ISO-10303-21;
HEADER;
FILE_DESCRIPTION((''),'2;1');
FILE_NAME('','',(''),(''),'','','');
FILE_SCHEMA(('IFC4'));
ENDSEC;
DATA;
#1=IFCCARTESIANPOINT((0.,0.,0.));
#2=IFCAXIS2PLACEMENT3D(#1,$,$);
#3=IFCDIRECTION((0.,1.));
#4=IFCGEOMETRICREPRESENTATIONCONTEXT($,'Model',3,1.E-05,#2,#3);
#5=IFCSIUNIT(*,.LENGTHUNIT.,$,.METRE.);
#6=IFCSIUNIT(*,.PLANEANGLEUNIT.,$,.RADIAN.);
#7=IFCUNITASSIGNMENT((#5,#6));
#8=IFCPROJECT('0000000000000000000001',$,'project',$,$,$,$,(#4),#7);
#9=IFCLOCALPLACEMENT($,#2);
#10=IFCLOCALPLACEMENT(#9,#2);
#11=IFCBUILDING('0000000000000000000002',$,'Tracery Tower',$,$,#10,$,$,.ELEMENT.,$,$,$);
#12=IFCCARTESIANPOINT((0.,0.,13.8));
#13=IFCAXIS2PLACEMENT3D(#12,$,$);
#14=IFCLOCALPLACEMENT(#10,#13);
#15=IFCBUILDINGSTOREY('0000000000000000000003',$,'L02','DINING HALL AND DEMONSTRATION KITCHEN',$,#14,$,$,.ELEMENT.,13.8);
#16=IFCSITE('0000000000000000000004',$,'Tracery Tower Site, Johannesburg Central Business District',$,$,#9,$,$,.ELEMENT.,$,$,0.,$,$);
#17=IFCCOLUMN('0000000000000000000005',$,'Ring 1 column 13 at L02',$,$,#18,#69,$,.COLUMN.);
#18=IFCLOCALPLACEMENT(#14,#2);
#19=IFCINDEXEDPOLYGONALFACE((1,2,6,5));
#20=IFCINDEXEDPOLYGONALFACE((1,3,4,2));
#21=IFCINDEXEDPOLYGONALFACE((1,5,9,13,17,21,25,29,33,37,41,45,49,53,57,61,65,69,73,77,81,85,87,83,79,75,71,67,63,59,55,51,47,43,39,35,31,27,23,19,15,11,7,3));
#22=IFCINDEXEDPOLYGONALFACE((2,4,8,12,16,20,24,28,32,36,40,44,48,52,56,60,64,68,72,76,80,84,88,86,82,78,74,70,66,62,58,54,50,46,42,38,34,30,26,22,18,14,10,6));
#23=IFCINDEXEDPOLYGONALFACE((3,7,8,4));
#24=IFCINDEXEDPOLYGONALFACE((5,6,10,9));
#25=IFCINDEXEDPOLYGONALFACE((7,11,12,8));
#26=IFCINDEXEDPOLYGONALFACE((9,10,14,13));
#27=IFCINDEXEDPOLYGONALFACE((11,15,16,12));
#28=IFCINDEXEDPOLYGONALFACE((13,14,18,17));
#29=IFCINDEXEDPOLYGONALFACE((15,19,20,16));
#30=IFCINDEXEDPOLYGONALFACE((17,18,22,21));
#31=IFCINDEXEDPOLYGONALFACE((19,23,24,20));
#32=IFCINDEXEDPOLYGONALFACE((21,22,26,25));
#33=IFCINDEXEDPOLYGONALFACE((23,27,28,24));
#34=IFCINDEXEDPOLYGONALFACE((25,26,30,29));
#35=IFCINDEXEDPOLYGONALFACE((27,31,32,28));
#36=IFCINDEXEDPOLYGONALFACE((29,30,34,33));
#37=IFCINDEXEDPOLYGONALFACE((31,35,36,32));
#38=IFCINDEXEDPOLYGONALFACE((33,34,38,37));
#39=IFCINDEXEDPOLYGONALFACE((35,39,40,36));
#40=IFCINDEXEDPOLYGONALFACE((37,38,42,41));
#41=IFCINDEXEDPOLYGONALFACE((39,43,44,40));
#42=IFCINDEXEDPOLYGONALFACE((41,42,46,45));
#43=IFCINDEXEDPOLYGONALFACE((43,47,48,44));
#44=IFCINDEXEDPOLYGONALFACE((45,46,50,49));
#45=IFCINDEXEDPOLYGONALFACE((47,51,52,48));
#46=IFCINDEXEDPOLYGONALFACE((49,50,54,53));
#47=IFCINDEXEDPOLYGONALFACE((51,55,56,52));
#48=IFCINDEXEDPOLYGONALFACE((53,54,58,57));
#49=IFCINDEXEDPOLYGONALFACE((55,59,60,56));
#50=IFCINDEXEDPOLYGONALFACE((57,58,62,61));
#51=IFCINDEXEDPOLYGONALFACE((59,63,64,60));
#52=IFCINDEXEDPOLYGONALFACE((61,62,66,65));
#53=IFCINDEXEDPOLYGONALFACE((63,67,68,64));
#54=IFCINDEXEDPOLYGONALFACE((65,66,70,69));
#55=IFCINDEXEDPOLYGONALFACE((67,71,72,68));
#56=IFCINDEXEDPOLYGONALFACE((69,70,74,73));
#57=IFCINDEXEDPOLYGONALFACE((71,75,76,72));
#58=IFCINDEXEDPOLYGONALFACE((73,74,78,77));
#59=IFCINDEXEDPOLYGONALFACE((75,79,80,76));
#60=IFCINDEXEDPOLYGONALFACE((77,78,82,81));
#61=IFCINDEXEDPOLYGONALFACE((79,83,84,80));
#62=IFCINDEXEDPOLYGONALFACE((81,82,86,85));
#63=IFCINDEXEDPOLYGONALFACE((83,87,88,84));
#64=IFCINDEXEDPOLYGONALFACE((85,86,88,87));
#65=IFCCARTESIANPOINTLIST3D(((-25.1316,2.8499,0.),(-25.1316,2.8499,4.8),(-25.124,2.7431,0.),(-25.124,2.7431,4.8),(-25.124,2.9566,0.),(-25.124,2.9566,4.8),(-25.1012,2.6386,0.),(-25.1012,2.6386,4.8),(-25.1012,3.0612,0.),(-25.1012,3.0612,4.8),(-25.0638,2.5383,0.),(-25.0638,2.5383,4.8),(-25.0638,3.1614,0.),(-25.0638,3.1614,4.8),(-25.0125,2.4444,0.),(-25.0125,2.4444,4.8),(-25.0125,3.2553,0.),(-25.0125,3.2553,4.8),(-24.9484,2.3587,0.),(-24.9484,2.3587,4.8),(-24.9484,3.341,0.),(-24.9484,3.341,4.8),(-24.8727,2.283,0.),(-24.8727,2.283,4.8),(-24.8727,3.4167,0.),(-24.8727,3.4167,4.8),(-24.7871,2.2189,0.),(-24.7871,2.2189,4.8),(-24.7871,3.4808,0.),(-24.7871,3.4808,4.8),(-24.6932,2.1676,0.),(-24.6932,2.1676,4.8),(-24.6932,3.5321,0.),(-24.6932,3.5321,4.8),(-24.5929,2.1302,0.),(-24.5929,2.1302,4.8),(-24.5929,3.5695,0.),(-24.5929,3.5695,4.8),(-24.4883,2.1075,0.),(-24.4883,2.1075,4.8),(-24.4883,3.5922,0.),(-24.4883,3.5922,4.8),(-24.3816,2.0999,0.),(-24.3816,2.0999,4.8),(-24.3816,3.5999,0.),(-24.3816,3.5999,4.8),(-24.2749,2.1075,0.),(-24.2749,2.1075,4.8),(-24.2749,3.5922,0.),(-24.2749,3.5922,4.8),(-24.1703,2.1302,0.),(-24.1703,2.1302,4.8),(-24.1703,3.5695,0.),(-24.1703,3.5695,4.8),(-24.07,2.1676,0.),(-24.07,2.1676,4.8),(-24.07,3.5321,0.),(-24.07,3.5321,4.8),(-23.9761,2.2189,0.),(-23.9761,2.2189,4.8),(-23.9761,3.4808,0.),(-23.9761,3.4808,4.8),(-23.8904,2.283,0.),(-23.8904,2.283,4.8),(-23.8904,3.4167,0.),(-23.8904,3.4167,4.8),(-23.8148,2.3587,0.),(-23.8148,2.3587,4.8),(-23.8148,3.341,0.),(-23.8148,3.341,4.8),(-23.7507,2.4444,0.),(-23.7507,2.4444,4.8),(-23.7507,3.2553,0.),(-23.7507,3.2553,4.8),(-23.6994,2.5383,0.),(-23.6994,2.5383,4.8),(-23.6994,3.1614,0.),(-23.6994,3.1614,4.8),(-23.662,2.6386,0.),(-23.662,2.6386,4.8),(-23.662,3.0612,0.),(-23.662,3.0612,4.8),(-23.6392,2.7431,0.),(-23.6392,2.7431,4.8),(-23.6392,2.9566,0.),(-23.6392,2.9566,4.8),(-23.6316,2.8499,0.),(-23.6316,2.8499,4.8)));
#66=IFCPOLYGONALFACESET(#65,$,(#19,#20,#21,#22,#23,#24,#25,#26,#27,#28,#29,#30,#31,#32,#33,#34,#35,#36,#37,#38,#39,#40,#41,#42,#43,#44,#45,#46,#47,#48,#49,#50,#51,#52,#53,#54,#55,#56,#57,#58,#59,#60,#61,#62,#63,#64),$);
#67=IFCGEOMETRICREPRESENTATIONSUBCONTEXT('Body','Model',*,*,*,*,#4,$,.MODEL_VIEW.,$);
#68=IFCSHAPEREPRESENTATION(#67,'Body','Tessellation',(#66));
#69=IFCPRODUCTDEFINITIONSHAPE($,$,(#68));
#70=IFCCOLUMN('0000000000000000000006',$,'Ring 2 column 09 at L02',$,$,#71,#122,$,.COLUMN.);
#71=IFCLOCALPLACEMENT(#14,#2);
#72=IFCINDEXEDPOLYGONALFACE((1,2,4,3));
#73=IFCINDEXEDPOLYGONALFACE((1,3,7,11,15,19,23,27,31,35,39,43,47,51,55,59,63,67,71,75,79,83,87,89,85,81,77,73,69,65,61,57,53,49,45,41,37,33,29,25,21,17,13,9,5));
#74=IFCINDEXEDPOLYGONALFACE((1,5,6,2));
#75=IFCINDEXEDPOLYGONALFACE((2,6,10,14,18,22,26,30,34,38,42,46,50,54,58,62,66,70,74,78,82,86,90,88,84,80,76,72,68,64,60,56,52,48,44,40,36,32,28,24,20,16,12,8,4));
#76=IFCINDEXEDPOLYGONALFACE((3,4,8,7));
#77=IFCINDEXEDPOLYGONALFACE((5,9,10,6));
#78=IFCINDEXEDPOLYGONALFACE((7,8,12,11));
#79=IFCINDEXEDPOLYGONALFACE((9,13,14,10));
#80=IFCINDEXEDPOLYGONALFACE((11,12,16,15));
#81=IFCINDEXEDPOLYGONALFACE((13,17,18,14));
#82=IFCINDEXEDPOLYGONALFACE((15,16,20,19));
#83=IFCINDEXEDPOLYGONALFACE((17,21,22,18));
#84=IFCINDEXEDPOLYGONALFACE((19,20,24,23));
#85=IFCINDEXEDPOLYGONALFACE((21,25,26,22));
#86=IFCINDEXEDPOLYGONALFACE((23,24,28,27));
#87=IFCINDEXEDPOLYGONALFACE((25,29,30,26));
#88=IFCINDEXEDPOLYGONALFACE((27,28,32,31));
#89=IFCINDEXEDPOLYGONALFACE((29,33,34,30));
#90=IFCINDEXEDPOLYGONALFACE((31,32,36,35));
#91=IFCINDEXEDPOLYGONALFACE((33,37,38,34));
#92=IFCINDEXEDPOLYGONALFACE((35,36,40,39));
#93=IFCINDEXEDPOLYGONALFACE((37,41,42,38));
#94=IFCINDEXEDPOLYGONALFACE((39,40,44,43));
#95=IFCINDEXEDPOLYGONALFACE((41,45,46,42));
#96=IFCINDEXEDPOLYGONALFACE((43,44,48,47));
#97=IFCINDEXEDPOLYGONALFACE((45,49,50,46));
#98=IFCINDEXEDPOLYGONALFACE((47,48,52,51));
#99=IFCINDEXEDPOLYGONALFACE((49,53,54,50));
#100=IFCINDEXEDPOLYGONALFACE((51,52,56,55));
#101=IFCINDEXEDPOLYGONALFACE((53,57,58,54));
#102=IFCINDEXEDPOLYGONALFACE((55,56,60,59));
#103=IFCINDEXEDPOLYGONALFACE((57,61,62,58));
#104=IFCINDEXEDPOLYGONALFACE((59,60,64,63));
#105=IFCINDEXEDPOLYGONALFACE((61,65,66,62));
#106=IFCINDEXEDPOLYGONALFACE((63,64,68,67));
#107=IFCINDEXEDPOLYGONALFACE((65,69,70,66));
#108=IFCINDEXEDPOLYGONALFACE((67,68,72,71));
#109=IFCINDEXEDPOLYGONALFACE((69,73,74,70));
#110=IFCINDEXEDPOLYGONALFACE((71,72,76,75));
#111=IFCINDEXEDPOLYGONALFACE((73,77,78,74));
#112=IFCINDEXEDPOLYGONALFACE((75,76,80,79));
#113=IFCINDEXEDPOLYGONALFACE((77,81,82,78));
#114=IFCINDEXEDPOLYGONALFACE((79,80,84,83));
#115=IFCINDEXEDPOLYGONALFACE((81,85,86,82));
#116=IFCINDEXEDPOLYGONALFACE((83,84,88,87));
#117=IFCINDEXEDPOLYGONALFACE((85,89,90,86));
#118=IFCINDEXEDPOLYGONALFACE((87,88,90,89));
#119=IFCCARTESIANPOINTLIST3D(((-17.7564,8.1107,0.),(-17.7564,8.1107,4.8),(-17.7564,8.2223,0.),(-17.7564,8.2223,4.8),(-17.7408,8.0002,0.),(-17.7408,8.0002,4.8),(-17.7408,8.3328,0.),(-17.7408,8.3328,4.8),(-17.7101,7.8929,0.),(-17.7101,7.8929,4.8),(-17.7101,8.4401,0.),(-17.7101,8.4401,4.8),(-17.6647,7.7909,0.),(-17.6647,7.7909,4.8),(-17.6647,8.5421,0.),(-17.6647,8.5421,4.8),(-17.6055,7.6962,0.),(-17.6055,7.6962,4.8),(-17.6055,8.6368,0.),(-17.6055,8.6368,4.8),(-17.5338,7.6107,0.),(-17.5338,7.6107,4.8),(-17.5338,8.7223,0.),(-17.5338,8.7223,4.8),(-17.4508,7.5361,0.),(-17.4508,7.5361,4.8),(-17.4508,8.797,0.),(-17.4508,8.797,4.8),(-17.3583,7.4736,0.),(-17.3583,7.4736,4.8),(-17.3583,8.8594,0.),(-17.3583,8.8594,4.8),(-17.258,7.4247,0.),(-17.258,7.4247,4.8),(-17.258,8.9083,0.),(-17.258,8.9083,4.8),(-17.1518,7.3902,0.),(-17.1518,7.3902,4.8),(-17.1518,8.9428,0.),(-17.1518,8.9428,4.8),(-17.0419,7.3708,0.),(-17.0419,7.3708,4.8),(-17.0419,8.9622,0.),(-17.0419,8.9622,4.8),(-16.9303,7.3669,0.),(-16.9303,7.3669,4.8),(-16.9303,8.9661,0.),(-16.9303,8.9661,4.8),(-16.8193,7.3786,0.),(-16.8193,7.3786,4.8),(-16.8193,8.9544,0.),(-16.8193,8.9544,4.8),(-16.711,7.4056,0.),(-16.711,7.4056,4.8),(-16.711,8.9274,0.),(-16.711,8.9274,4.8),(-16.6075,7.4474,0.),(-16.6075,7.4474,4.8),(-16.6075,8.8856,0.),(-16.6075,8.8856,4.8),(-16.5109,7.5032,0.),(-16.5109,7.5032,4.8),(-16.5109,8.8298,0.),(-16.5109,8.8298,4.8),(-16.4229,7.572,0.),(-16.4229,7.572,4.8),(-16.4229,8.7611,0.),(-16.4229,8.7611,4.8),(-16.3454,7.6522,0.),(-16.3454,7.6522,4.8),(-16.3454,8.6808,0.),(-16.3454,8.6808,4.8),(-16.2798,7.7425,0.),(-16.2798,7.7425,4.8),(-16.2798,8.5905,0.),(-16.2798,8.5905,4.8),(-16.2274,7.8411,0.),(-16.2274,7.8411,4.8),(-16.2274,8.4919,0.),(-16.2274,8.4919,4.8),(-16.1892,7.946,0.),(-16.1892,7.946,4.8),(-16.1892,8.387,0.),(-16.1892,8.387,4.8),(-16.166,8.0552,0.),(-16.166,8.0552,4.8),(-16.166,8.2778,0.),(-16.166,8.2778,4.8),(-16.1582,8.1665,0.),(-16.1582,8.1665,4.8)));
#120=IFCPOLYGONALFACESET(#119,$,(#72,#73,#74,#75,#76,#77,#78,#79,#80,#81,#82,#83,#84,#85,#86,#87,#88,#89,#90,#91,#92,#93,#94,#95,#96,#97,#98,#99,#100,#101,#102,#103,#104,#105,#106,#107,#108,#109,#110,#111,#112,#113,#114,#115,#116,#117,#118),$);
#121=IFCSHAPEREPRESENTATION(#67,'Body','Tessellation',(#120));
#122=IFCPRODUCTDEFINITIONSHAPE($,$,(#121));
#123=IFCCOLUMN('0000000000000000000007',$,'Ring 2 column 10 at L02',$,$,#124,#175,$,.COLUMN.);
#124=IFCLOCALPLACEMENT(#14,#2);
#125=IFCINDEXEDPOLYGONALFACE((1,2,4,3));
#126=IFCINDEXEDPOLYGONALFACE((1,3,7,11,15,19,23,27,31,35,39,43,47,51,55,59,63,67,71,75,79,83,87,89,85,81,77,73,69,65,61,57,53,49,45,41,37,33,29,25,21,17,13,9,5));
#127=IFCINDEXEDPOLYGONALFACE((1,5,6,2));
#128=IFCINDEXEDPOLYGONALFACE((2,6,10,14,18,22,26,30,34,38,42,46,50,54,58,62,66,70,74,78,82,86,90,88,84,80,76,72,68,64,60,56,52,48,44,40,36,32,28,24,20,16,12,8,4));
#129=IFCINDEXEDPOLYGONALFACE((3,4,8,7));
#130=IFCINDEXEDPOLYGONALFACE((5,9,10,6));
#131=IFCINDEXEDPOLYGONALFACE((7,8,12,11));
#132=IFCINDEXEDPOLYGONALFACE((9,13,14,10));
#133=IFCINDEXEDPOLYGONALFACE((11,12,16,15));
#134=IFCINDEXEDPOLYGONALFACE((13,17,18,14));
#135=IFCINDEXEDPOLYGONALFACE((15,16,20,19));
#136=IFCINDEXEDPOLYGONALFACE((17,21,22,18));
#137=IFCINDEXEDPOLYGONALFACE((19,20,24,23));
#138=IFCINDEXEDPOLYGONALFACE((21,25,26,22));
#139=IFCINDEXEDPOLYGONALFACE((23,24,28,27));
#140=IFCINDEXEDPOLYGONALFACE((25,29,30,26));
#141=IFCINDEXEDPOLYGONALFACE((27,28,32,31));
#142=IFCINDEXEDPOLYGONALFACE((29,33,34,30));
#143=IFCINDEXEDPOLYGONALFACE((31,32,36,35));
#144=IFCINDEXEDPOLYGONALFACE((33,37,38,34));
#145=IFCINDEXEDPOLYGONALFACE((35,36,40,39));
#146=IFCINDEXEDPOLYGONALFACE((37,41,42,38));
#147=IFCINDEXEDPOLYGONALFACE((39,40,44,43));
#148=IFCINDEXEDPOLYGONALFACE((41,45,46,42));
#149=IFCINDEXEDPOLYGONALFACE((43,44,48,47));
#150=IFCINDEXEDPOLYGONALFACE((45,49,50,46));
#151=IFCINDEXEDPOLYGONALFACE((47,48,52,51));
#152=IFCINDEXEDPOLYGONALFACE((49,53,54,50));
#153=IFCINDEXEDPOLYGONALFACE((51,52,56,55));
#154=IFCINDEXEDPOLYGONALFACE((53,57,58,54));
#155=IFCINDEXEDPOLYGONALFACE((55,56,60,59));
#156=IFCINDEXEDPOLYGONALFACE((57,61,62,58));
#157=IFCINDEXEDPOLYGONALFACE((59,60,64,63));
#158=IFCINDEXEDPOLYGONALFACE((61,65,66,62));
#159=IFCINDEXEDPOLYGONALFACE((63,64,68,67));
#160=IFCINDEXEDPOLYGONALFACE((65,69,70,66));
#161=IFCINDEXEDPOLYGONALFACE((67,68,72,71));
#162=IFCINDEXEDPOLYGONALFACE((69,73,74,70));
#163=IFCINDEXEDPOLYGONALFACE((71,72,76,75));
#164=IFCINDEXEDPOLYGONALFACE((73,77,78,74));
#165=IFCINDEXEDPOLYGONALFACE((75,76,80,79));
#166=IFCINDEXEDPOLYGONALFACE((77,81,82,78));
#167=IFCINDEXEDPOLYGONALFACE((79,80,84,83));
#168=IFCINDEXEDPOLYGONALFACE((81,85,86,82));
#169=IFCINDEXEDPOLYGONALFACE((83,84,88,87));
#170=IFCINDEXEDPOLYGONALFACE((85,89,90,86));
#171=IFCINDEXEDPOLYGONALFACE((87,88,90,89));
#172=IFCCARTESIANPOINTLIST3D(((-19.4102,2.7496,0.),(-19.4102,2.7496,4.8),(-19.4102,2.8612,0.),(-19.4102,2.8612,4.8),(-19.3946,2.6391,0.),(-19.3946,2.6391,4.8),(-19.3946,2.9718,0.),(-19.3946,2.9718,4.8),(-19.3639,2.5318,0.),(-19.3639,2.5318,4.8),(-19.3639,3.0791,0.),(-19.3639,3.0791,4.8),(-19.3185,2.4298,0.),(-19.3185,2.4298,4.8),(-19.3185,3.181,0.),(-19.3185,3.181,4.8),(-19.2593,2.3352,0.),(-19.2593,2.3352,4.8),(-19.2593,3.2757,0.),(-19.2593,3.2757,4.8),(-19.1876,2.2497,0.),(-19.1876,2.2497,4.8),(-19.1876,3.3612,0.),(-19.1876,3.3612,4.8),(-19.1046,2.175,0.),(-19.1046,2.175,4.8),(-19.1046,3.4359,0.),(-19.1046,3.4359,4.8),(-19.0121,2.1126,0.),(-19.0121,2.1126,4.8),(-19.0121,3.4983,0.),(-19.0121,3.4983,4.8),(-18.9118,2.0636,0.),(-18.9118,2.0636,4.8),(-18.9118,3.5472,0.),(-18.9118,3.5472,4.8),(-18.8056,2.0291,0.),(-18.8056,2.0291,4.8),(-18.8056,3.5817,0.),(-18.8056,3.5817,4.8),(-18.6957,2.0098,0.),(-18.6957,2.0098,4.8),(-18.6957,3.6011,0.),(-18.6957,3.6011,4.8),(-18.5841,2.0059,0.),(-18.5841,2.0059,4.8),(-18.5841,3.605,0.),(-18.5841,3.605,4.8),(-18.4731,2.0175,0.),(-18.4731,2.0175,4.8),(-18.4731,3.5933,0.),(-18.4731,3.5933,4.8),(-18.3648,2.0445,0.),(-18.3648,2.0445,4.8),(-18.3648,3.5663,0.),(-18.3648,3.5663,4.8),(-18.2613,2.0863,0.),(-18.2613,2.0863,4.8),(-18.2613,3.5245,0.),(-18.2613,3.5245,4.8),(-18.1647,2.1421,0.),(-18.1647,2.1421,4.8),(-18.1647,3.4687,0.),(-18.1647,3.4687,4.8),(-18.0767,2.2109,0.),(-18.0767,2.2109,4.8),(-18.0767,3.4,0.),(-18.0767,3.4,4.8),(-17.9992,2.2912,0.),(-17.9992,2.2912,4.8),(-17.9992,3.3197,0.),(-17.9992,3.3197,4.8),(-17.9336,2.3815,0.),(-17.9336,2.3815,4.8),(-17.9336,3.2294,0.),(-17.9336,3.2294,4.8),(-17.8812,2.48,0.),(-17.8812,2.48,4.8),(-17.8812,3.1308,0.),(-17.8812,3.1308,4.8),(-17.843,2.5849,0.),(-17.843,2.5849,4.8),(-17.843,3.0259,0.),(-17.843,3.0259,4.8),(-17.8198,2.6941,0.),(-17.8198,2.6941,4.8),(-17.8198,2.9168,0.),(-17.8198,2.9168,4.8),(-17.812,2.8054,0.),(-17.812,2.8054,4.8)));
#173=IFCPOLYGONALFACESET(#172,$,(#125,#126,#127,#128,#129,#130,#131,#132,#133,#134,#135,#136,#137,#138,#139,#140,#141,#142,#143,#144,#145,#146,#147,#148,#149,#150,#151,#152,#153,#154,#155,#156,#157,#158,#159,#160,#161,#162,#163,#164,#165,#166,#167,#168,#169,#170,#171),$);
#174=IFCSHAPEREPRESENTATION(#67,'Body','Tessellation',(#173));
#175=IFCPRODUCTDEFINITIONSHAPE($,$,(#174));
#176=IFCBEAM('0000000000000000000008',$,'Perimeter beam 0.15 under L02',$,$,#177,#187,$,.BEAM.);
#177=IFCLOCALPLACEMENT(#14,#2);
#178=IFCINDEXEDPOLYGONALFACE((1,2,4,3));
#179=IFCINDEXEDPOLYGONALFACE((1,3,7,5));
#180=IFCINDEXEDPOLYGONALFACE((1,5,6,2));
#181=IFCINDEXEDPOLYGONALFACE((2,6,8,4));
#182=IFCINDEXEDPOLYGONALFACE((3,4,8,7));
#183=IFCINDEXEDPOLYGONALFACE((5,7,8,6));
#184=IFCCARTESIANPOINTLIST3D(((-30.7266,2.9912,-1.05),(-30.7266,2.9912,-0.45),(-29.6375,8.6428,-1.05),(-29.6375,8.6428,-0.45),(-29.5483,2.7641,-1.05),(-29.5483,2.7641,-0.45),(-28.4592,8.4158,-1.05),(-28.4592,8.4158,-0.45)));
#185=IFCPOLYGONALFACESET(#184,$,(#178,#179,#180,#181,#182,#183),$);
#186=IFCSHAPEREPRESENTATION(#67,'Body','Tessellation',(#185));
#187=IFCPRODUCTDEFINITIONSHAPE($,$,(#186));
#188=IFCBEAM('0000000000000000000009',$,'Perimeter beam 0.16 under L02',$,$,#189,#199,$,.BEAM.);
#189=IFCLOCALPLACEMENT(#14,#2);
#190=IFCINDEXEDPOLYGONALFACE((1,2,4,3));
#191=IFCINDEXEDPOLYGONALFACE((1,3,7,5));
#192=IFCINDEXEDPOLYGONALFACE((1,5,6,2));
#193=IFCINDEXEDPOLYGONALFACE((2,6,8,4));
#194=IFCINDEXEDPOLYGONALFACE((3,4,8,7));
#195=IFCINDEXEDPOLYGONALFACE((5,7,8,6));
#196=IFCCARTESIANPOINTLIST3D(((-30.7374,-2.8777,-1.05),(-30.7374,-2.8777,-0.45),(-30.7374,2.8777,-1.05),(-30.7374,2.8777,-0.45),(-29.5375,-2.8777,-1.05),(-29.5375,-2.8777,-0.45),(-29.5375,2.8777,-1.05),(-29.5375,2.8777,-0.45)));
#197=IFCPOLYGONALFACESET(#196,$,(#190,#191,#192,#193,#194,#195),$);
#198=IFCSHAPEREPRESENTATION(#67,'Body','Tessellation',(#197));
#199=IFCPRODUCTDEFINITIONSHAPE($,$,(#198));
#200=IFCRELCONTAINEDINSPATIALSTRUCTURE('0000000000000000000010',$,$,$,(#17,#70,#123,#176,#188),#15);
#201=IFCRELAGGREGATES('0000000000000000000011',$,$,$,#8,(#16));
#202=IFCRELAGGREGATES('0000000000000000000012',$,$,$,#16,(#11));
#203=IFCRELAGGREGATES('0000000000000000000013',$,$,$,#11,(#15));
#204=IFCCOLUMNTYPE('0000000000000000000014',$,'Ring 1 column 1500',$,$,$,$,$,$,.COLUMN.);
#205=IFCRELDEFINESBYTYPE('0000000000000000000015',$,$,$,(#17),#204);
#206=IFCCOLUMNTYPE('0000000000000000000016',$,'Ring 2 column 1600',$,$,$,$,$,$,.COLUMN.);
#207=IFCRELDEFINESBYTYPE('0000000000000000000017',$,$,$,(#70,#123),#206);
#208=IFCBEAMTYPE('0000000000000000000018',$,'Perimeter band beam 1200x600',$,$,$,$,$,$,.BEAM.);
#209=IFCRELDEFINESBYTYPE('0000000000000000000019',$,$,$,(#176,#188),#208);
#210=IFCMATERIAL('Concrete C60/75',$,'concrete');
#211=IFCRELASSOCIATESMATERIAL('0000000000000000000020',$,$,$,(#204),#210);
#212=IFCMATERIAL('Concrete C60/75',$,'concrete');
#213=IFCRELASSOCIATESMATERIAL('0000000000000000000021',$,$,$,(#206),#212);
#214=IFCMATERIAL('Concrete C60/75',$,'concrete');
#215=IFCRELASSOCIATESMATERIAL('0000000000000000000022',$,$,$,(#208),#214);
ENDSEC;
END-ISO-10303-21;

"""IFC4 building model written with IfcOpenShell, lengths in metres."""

from ifc_helpers import new_model, si_unit, direction, frame, origin, origin_2d, place, context, subcontext, project, spatial, rectangle, circle, extrude, material, material_profile, profile_set, type_object, element, save


model = new_model("IFC4")

# Units and contexts
model_context = context("Model", 3, precision=1e-05, world=origin(), true_north=direction((0.0, 1.0)))
body_context = subcontext(model_context, "Body", "Model", "MODEL_VIEW")
ifc_project = project(units=[si_unit("LENGTHUNIT", "METRE"), si_unit("PLANEANGLEUNIT", "RADIAN")], contexts=[model_context])

# Site, building, storey
site_placement = place(None, origin())
site = spatial("IfcSite", under=ifc_project, at=site_placement, Name="Tracery Tower Site, Johannesburg Central Business District", CompositionType="ELEMENT", RefElevation=0.0)
building_placement = place(site_placement, origin())
building = spatial("IfcBuilding", under=site, at=building_placement, Name="Tracery Tower", CompositionType="ELEMENT")
storey_placement = place(building_placement, frame((0.0, 0.0, 13.8)))
storey = spatial("IfcBuildingStorey", under=building, at=storey_placement, Name="L02", Description="DINING HALL AND DEMONSTRATION KITCHEN", CompositionType="ELEMENT", Elevation=13.8)

# Columns
ifc_material_1 = material(Name="Concrete C60/75", Category="concrete")
ifc_material_profile_1 = material_profile(ifc_material_1, circle(Radius=0.75, at=origin_2d()), Name="RC D1500")
ifc_profile_set_1 = profile_set([ifc_material_profile_1], Name="Concrete C60/75")
column_type_1 = type_object("IfcColumnType", Name="Ring 1 column 1500", PredefinedType="COLUMN", material=ifc_profile_set_1)
for number, where, z_axis, x_axis, name in (
    (1, (-24.3816, 2.8499, 0.0), (0.0, 0.0, 1.0), (1.0, 0.0, 0.0), "Ring 1 column 13 at L02"),
):
    element("IfcColumn", number, at=place(storey_placement, frame(where, z_axis=z_axis, x_axis=x_axis)), inside=storey, type_object=column_type_1, Name=name, PredefinedType="COLUMN", context=body_context, shape_type="SweptSolid", body=[
        extrude(circle(Radius=0.75, at=origin_2d()), origin(), (0.0, 0.0, 1.0), 4.8),
    ])
ifc_material_2 = material(Name="Concrete C60/75", Category="concrete")
ifc_material_profile_2 = material_profile(ifc_material_2, circle(Radius=0.8, at=origin_2d()), Name="RC D1600")
ifc_profile_set_2 = profile_set([ifc_material_profile_2], Name="Concrete C60/75")
column_type_2 = type_object("IfcColumnType", Name="Ring 2 column 1600", PredefinedType="COLUMN", material=ifc_profile_set_2)
for number, where, z_axis, x_axis, name in (
    (2, (-16.9583, 8.1665, 0.0), (0.0, 0.0, 1.0), (1.0, 0.0, 0.0), "Ring 2 column 09 at L02"),
    (3, (-18.6121, 2.8054, 0.0), (0.0, 0.0, 1.0), (1.0, 0.0, 0.0), "Ring 2 column 10 at L02"),
):
    element("IfcColumn", number, at=place(storey_placement, frame(where, z_axis=z_axis, x_axis=x_axis)), inside=storey, type_object=column_type_2, Name=name, PredefinedType="COLUMN", context=body_context, shape_type="SweptSolid", body=[
        extrude(circle(Radius=0.8, at=origin_2d()), origin(), (0.0, 0.0, 1.0), 4.8),
    ])

# Beams
ifc_material_3 = material(Name="Concrete C60/75", Category="concrete")
ifc_material_profile_3 = material_profile(ifc_material_3, rectangle(XDim=1.2, YDim=0.6001, at=origin_2d()), Name="RC 1200x600")
ifc_profile_set_3 = profile_set([ifc_material_profile_3], Name="Concrete C60/75")
beam_type = type_object("IfcBeamType", Name="Perimeter band beam 1200x600", PredefinedType="BEAM", material=ifc_profile_set_3)
beam_1_placement = place(storey_placement, frame((-29.0483, 8.5293, -0.75), z_axis=(-0.189227, -0.981933, 0.0), x_axis=(0.981933, -0.189227, 0.0)))
element("IfcBeam", 4, at=beam_1_placement, inside=storey, type_object=beam_type, Name="Perimeter beam 0.15 under L02", PredefinedType="BEAM", context=body_context, shape_type="SweptSolid", body=[
    extrude(rectangle(XDim=1.2, YDim=0.6001, at=origin_2d()), origin(), (0.0, 0.0, 1.0), 5.7556),
])
beam_2_placement = place(storey_placement, frame((-30.1375, 2.8777, -0.75), z_axis=(0.0, -1.0, 0.0), x_axis=(1.0, 0.0, 0.0)))
element("IfcBeam", 5, at=beam_2_placement, inside=storey, type_object=beam_type, Name="Perimeter beam 0.16 under L02", PredefinedType="BEAM", context=body_context, shape_type="SweptSolid", body=[
    extrude(rectangle(XDim=1.2, YDim=0.6001, at=origin_2d()), origin(), (0.0, 0.0, 1.0), 5.7554),
])

save(model, "model.ifc")
